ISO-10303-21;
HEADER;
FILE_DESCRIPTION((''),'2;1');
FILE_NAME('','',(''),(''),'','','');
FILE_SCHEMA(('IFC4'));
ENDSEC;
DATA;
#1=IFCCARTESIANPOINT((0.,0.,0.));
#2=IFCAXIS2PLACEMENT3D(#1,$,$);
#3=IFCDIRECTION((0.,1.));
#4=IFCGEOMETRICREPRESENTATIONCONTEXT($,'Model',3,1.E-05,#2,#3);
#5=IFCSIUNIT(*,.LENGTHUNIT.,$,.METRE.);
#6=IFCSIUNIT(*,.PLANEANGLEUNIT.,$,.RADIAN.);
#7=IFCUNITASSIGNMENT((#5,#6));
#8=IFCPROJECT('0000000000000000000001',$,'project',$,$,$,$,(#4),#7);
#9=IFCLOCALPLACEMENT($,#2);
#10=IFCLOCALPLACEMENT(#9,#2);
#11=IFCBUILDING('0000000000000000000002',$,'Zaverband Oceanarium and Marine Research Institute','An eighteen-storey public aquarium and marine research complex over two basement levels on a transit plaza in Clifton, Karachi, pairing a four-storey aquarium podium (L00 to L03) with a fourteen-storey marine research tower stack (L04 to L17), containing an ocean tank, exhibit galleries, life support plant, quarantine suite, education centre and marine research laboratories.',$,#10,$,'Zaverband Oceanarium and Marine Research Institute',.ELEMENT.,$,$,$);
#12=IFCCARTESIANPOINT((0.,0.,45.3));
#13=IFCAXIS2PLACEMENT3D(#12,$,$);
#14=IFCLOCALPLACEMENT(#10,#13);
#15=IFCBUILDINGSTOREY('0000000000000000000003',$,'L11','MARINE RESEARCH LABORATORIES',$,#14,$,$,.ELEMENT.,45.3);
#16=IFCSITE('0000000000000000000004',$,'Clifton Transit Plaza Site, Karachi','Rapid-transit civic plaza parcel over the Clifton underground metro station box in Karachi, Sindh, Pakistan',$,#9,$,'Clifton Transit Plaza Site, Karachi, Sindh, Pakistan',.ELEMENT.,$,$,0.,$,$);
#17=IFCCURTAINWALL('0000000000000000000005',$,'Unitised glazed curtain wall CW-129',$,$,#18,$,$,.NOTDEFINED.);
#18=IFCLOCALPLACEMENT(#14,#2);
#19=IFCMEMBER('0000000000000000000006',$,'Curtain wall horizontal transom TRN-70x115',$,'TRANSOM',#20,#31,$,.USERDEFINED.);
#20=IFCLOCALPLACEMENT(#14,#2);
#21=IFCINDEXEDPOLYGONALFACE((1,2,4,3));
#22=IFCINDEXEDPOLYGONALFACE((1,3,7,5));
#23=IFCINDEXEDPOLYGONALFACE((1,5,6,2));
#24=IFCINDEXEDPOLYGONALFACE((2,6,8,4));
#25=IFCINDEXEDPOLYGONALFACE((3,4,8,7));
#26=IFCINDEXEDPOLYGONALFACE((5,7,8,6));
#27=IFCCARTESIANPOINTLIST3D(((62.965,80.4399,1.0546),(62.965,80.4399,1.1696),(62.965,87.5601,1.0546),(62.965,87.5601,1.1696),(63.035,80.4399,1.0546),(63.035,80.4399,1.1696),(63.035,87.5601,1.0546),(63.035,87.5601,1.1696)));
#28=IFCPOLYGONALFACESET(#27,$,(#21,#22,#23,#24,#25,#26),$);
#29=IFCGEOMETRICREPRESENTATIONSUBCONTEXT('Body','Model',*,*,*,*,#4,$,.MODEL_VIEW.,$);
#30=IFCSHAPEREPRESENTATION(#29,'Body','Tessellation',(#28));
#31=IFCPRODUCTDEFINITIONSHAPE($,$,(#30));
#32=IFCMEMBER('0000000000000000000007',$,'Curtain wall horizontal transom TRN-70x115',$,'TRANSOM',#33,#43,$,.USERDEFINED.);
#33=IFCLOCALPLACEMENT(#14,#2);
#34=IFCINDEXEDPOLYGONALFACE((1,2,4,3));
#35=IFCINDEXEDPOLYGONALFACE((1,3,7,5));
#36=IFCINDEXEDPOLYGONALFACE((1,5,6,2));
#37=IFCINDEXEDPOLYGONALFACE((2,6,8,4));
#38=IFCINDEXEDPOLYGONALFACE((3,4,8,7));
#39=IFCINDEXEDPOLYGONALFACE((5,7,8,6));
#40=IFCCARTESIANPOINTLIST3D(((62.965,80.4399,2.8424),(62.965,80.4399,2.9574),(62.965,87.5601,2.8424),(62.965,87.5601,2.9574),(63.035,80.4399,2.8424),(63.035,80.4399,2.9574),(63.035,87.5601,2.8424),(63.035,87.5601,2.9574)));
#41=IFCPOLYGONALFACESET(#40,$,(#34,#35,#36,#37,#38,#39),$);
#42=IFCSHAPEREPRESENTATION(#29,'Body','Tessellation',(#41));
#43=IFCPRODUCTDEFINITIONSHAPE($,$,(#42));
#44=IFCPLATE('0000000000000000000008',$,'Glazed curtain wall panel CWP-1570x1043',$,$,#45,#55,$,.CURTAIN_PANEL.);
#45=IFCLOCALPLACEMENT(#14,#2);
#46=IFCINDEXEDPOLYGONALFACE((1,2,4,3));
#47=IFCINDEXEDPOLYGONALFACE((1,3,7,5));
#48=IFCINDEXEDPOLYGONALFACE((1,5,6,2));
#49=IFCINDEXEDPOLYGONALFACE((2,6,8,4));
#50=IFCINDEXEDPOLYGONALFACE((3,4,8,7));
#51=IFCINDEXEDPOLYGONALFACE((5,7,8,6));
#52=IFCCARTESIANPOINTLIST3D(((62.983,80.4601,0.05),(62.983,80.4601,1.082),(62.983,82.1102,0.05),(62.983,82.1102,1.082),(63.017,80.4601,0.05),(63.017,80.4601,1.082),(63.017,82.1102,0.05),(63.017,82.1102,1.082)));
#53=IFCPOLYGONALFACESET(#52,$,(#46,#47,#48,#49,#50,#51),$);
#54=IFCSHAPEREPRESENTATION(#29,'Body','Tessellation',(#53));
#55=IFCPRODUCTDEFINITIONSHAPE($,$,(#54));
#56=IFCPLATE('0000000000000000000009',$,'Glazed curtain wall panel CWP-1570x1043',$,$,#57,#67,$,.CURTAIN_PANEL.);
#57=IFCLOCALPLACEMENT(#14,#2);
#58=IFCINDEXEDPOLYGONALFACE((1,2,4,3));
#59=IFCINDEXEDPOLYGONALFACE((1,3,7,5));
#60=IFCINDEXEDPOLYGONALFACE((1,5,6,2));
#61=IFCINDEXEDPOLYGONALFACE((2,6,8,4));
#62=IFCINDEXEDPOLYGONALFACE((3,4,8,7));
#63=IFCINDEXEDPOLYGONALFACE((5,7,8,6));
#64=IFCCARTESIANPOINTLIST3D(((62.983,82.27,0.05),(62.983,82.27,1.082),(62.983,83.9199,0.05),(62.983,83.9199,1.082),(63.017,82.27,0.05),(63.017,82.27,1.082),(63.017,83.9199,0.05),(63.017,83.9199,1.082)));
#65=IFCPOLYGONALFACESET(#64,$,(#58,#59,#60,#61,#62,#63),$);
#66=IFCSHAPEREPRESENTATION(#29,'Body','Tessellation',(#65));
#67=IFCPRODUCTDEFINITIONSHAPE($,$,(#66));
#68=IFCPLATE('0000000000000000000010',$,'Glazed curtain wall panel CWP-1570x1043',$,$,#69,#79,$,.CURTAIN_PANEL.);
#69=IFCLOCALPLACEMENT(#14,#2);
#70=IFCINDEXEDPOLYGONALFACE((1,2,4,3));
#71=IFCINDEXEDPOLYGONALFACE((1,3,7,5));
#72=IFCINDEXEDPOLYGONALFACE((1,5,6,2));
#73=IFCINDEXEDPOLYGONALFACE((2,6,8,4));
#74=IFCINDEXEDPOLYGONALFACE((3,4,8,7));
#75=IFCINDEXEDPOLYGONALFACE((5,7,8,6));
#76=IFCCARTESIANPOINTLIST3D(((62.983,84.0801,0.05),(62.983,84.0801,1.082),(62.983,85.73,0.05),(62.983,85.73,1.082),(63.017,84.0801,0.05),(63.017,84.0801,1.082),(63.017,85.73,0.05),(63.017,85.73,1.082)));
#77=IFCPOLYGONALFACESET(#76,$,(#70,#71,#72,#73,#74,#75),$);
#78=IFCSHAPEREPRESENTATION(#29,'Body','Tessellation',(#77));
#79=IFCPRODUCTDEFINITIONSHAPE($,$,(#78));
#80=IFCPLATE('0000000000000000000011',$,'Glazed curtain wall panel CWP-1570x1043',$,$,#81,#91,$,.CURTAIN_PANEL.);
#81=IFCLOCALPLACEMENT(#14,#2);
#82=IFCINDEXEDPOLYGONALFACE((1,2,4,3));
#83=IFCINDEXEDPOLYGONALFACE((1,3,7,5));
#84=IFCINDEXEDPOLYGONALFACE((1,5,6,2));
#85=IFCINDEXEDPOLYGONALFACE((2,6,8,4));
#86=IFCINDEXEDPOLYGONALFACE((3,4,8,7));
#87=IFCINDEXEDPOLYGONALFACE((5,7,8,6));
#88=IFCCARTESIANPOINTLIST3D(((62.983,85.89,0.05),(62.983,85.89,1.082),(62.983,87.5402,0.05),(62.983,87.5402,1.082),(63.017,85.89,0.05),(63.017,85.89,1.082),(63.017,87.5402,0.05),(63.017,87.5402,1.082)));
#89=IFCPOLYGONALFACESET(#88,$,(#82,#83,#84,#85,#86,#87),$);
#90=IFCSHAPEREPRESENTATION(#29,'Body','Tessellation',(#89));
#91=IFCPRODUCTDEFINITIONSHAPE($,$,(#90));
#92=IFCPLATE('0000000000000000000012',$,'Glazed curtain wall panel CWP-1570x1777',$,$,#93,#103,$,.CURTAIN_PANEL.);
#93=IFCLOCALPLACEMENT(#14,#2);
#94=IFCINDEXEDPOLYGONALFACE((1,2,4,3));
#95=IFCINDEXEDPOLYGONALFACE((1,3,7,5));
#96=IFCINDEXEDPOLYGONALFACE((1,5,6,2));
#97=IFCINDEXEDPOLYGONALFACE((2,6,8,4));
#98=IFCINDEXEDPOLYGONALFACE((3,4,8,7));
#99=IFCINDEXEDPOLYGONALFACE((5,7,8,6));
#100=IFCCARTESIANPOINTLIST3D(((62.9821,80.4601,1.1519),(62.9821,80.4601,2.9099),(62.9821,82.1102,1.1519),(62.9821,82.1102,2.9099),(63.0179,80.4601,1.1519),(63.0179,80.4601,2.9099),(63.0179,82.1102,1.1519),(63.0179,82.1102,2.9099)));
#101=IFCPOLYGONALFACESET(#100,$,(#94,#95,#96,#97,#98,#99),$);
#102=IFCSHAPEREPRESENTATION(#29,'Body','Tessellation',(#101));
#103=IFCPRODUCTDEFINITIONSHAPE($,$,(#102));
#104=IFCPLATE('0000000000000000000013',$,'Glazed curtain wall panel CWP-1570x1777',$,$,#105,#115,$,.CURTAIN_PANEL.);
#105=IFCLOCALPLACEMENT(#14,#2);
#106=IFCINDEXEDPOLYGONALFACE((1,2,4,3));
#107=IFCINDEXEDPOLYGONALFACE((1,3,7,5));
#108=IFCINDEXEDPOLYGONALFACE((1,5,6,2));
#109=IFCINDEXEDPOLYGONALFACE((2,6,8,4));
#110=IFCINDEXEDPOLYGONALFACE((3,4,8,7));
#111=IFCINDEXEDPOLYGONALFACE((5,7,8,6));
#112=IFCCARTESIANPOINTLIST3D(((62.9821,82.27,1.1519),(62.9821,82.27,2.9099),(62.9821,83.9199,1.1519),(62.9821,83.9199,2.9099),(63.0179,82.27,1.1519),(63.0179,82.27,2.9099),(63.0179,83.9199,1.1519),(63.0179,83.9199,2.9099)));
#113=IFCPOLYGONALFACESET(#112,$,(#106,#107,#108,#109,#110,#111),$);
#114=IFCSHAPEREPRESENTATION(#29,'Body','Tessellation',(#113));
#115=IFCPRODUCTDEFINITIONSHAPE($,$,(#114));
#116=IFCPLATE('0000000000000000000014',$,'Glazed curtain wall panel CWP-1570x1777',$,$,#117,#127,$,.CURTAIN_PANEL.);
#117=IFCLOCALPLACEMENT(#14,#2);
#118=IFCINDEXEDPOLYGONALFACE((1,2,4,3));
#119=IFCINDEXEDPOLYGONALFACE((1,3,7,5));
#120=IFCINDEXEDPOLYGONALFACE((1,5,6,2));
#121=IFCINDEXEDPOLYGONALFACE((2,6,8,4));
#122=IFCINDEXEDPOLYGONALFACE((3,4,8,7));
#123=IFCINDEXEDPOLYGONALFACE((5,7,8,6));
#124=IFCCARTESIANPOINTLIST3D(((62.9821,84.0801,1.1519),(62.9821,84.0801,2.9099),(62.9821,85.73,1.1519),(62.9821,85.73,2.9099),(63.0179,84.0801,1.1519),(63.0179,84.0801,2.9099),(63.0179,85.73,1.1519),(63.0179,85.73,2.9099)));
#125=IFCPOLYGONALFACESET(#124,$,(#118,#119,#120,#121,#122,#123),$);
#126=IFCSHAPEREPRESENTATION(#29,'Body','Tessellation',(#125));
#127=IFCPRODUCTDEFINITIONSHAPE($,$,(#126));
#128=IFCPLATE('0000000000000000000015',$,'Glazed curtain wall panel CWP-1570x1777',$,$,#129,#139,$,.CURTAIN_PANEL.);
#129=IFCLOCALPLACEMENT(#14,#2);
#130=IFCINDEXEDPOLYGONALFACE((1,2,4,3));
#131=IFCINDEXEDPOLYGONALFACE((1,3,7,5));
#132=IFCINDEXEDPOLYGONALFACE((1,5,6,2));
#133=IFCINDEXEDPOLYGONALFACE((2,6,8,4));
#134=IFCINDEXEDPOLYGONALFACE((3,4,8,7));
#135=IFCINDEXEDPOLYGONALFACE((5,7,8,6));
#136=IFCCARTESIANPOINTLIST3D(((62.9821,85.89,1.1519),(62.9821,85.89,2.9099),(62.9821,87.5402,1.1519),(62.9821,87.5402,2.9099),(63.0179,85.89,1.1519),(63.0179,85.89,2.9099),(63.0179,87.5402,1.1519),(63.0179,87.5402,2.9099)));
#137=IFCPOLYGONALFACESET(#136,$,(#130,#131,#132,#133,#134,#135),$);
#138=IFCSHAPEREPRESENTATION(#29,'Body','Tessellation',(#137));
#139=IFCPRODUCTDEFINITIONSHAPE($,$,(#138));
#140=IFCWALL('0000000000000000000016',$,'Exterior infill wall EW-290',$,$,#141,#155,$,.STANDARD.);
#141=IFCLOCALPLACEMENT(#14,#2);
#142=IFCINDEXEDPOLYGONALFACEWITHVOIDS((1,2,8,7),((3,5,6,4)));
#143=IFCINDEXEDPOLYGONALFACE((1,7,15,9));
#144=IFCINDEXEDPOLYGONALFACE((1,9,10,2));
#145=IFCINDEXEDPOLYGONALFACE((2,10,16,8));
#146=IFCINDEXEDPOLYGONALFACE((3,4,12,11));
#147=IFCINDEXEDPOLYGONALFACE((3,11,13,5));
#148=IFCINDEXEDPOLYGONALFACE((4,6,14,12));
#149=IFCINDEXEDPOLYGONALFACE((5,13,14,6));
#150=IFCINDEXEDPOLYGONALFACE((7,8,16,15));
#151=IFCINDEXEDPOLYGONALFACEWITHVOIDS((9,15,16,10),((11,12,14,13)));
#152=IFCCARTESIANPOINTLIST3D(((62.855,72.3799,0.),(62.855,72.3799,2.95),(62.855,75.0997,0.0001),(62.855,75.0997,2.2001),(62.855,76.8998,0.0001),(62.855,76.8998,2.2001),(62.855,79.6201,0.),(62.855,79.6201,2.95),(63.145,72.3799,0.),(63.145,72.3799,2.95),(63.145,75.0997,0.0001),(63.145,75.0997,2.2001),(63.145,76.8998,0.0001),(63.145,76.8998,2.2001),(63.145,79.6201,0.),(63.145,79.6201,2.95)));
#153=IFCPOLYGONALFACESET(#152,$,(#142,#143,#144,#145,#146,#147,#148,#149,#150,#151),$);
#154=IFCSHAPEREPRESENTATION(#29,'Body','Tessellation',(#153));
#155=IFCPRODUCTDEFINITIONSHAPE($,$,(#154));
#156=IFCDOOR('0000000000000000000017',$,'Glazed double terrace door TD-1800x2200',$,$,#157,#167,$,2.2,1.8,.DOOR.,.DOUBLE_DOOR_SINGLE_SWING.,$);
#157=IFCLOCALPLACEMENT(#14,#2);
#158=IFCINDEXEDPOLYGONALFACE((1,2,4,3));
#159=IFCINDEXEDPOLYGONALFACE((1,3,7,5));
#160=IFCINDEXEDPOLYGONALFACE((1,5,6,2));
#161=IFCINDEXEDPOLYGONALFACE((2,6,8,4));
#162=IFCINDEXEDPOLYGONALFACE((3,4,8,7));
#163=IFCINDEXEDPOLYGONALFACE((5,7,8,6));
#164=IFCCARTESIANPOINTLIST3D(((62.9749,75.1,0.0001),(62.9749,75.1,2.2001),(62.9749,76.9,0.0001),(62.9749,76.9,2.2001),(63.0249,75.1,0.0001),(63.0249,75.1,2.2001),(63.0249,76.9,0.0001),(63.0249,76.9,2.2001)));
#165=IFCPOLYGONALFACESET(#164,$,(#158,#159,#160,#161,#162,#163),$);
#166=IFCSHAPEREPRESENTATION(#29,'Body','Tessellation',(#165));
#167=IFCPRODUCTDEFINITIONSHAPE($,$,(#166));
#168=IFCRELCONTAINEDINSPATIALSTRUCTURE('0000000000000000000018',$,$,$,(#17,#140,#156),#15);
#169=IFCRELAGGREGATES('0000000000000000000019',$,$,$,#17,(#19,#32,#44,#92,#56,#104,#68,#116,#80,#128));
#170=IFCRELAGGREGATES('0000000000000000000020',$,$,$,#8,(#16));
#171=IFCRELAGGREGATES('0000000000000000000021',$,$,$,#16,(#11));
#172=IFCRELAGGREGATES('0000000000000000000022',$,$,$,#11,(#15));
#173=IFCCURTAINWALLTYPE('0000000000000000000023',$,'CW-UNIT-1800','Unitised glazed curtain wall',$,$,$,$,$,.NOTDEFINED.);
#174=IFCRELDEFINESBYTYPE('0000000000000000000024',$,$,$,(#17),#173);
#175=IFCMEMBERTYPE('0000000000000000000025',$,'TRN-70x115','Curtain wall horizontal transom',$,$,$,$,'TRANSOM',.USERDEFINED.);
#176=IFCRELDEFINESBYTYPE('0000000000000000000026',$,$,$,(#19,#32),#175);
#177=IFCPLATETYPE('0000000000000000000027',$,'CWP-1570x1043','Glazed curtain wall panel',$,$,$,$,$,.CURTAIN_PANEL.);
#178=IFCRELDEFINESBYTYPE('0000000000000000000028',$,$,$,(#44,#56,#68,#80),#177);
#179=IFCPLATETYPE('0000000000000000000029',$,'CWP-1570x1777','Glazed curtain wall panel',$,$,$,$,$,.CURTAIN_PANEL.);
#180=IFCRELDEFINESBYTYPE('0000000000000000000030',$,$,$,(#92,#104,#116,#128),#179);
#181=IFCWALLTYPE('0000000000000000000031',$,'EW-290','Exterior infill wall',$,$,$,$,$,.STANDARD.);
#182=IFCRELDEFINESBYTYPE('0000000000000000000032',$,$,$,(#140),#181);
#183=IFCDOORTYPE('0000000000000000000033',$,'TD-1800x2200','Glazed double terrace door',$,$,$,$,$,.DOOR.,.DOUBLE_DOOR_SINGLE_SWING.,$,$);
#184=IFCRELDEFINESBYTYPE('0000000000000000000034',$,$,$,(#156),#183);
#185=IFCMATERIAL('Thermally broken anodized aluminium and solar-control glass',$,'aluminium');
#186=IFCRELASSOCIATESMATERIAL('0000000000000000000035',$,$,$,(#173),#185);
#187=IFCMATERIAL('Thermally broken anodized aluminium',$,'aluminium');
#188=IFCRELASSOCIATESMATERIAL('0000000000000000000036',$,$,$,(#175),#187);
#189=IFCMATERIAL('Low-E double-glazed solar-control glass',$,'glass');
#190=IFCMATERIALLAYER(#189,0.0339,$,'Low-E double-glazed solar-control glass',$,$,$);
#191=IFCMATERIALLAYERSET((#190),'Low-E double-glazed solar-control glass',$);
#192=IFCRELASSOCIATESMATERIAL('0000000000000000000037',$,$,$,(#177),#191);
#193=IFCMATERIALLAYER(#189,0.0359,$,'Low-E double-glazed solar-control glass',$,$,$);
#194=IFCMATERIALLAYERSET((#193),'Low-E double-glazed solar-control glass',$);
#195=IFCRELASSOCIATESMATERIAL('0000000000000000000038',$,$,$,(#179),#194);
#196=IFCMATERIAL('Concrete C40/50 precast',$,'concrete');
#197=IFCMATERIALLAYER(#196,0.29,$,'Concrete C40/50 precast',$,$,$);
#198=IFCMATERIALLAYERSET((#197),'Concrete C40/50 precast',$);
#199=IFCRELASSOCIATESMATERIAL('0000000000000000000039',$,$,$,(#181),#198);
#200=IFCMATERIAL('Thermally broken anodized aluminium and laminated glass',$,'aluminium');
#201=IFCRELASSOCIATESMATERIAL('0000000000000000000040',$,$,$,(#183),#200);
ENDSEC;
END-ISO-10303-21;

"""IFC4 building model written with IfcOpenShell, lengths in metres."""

from ifc_helpers import new_model, si_unit, direction, frame, frame_2d, origin, origin_2d, place, context, subcontext, project, spatial, rectangle, extrude, material, layer, layer_set, material_profile, profile_set, type_object, element, fill, aggregate, save


model = new_model("IFC4")

# Units and contexts
model_context = context("Model", 3, precision=1e-05, world=origin(), true_north=direction((0.0, 1.0)))
body_context = subcontext(model_context, "Body", "Model", "MODEL_VIEW")
ifc_project = project(units=[si_unit("LENGTHUNIT", "METRE"), si_unit("PLANEANGLEUNIT", "RADIAN")], contexts=[model_context])

# Site, building, storey
site_placement = place(None, origin())
site = spatial("IfcSite", under=ifc_project, at=site_placement, Name="Clifton Transit Plaza Site, Karachi", Description="Rapid-transit civic plaza parcel over the Clifton underground metro station box in Karachi, Sindh, Pakistan", LongName="Clifton Transit Plaza Site, Karachi, Sindh, Pakistan", CompositionType="ELEMENT", RefElevation=0.0)
building_placement = place(site_placement, origin())
building = spatial("IfcBuilding", under=site, at=building_placement, Name="Zaverband Oceanarium and Marine Research Institute", Description="An eighteen-storey public aquarium and marine research complex over two basement levels on a transit plaza in Clifton, Karachi, pairing a four-storey aquarium podium (L00 to L03) with a fourteen-storey marine research tower stack (L04 to L17), containing an ocean tank, exhibit galleries, life support plant, quarantine suite, education centre and marine research laboratories.", LongName="Zaverband Oceanarium and Marine Research Institute", CompositionType="ELEMENT")
storey_placement = place(building_placement, frame((0.0, 0.0, 45.3)))
storey = spatial("IfcBuildingStorey", under=building, at=storey_placement, Name="L11", Description="MARINE RESEARCH LABORATORIES", CompositionType="ELEMENT", Elevation=45.3)

# Curtain wall
ifc_material_1 = material(Name="Thermally broken anodized aluminium and solar-control glass", Category="aluminium")
curtain_wall_type = type_object("IfcCurtainWallType", Name="CW-UNIT-1800", Description="Unitised glazed curtain wall", PredefinedType="NOTDEFINED", material=ifc_material_1)
curtain_wall_placement = place(storey_placement, origin())
curtain_wall = element("IfcCurtainWall", 1, at=curtain_wall_placement, inside=storey, type_object=curtain_wall_type, Name="Unitised glazed curtain wall CW-129", PredefinedType="NOTDEFINED")
ifc_material_2 = material(Name="Thermally broken anodized aluminium", Category="aluminium")

# Members
ifc_material_profile_1 = material_profile(ifc_material_2, rectangle(XDim=0.0701, YDim=0.115, at=origin_2d()), Name="AL-TRN-70x115")
ifc_profile_set_1 = profile_set([ifc_material_profile_1], Name="Thermally broken anodized aluminium")
member_type_1 = type_object("IfcMemberType", Name="TRN-70x115", Description="Curtain wall horizontal transom", ElementType="TRANSOM", PredefinedType="USERDEFINED", material=ifc_profile_set_1)
member_1_placement = place(storey_placement, frame((63.0, 80.4399, 1.1121), z_axis=(0.0, 1.0, 0.0), x_axis=(-1.0, 0.0, 0.0)))
member_1 = element("IfcMember", 2, at=member_1_placement, type_object=member_type_1, Name="Curtain wall horizontal transom TRN-70x115", ObjectType="TRANSOM", PredefinedType="USERDEFINED", context=body_context, shape_type="SweptSolid", body=[
    extrude(rectangle(XDim=0.0701, YDim=0.115, at=origin_2d()), origin(), (0.0, 0.0, 1.0), 7.1201),
])
member_2_placement = place(storey_placement, frame((63.0, 80.4399, 2.8999), z_axis=(0.0, 1.0, 0.0), x_axis=(-1.0, 0.0, 0.0)))
member_2 = element("IfcMember", 3, at=member_2_placement, type_object=member_type_1, Name="Curtain wall horizontal transom TRN-70x115", ObjectType="TRANSOM", PredefinedType="USERDEFINED", context=body_context, shape_type="SweptSolid", body=[
    extrude(rectangle(XDim=0.0701, YDim=0.115, at=origin_2d()), origin(), (0.0, 0.0, 1.0), 7.1201),
])

# Plates
ifc_material_3 = material(Name="Low-E double-glazed solar-control glass", Category="glass")
ifc_layer_1 = layer(ifc_material_3, 0.0339, Name="Low-E double-glazed solar-control glass")
ifc_layer_set_1 = layer_set([ifc_layer_1], Name="Low-E double-glazed solar-control glass")
plate_type_1 = type_object("IfcPlateType", Name="CWP-1570x1043", Description="Glazed curtain wall panel", PredefinedType="CURTAIN_PANEL", material=ifc_layer_set_1)
plate_1_placement = place(storey_placement, frame((63.0, 80.46, 0.05), z_axis=(0.0, 0.0, 1.0), x_axis=(0.0, 1.0, 0.0)))
plate_1 = element("IfcPlate", 4, at=plate_1_placement, type_object=plate_type_1, Name="Glazed curtain wall panel CWP-1570x1043", PredefinedType="CURTAIN_PANEL", context=body_context, shape_type="SweptSolid", body=[
    extrude(rectangle(XDim=1.6501, YDim=0.0339, at=frame_2d((0.8252, 0.0))), origin(), (0.0, 0.0, 1.0), 1.032),
])
plate_2_placement = place(storey_placement, frame((63.0, 82.27, 0.05), z_axis=(0.0, 0.0, 1.0), x_axis=(0.0, 1.0, 0.0)))
plate_2 = element("IfcPlate", 5, at=plate_2_placement, type_object=plate_type_1, Name="Glazed curtain wall panel CWP-1570x1043", PredefinedType="CURTAIN_PANEL", context=body_context, shape_type="SweptSolid", body=[
    extrude(rectangle(XDim=1.6499, YDim=0.0339, at=frame_2d((0.825, 0.0))), origin(), (0.0, 0.0, 1.0), 1.032),
])
plate_3_placement = place(storey_placement, frame((63.0, 84.0801, 0.05), z_axis=(0.0, 0.0, 1.0), x_axis=(0.0, 1.0, 0.0)))
plate_3 = element("IfcPlate", 6, at=plate_3_placement, type_object=plate_type_1, Name="Glazed curtain wall panel CWP-1570x1043", PredefinedType="CURTAIN_PANEL", context=body_context, shape_type="SweptSolid", body=[
    extrude(rectangle(XDim=1.6499, YDim=0.0339, at=frame_2d((0.825, 0.0))), origin(), (0.0, 0.0, 1.0), 1.032),
])
plate_4_placement = place(storey_placement, frame((63.0, 85.8899, 0.05), z_axis=(0.0, 0.0, 1.0), x_axis=(0.0, 1.0, 0.0)))
plate_4 = element("IfcPlate", 7, at=plate_4_placement, type_object=plate_type_1, Name="Glazed curtain wall panel CWP-1570x1043", PredefinedType="CURTAIN_PANEL", context=body_context, shape_type="SweptSolid", body=[
    extrude(rectangle(XDim=1.6501, YDim=0.0339, at=frame_2d((0.8252, 0.0))), origin(), (0.0, 0.0, 1.0), 1.032),
])
ifc_layer_2 = layer(ifc_material_3, 0.0359, Name="Low-E double-glazed solar-control glass")
ifc_layer_set_2 = layer_set([ifc_layer_2], Name="Low-E double-glazed solar-control glass")
plate_type_2 = type_object("IfcPlateType", Name="CWP-1570x1777", Description="Glazed curtain wall panel", PredefinedType="CURTAIN_PANEL", material=ifc_layer_set_2)
plate_5_placement = place(storey_placement, frame((63.0, 80.46, 1.1519), z_axis=(0.0, 0.0, 1.0), x_axis=(0.0, 1.0, 0.0)))
plate_5 = element("IfcPlate", 8, at=plate_5_placement, type_object=plate_type_2, Name="Glazed curtain wall panel CWP-1570x1777", PredefinedType="CURTAIN_PANEL", context=body_context, shape_type="SweptSolid", body=[
    extrude(rectangle(XDim=1.6501, YDim=0.0359, at=frame_2d((0.8252, 0.0))), origin(), (0.0, 0.0, 1.0), 1.7581),
])
plate_6_placement = place(storey_placement, frame((63.0, 82.27, 1.1519), z_axis=(0.0, 0.0, 1.0), x_axis=(0.0, 1.0, 0.0)))
plate_6 = element("IfcPlate", 9, at=plate_6_placement, type_object=plate_type_2, Name="Glazed curtain wall panel CWP-1570x1777", PredefinedType="CURTAIN_PANEL", context=body_context, shape_type="SweptSolid", body=[
    extrude(rectangle(XDim=1.6499, YDim=0.0359, at=frame_2d((0.825, 0.0))), origin(), (0.0, 0.0, 1.0), 1.7581),
])
plate_7_placement = place(storey_placement, frame((63.0, 84.0801, 1.1519), z_axis=(0.0, 0.0, 1.0), x_axis=(0.0, 1.0, 0.0)))
plate_7 = element("IfcPlate", 10, at=plate_7_placement, type_object=plate_type_2, Name="Glazed curtain wall panel CWP-1570x1777", PredefinedType="CURTAIN_PANEL", context=body_context, shape_type="SweptSolid", body=[
    extrude(rectangle(XDim=1.6499, YDim=0.0359, at=frame_2d((0.825, 0.0))), origin(), (0.0, 0.0, 1.0), 1.7581),
])
plate_8_placement = place(storey_placement, frame((63.0, 85.8899, 1.1519), z_axis=(0.0, 0.0, 1.0), x_axis=(0.0, 1.0, 0.0)))
plate_8 = element("IfcPlate", 11, at=plate_8_placement, type_object=plate_type_2, Name="Glazed curtain wall panel CWP-1570x1777", PredefinedType="CURTAIN_PANEL", context=body_context, shape_type="SweptSolid", body=[
    extrude(rectangle(XDim=1.6501, YDim=0.0359, at=frame_2d((0.8252, 0.0))), origin(), (0.0, 0.0, 1.0), 1.7581),
])
aggregate(curtain_wall, [member_1, member_2, plate_1, plate_5, plate_2, plate_6, plate_3, plate_7, plate_4, plate_8])

# Wall, opening, door
ifc_material_4 = material(Name="Concrete C40/50 precast", Category="concrete")
ifc_layer_3 = layer(ifc_material_4, 0.29, Name="Concrete C40/50 precast")
ifc_layer_set_3 = layer_set([ifc_layer_3], Name="Concrete C40/50 precast")
wall_type = type_object("IfcWallType", Name="EW-290", Description="Exterior infill wall", PredefinedType="STANDARD", material=ifc_layer_set_3)
wall_placement = place(storey_placement, frame((63.0, 72.3799, 0.0), z_axis=(0.0, 0.0, 1.0), x_axis=(0.0, 1.0, 0.0)))
wall = element("IfcWall", 12, at=wall_placement, inside=storey, type_object=wall_type, Name="Exterior infill wall EW-290", PredefinedType="STANDARD", context=body_context, shape_type="SweptSolid", body=[
    extrude(rectangle(XDim=7.2402, YDim=0.29, at=frame_2d((3.6201, 0.0))), origin(), (0.0, 0.0, 1.0), 2.95),
])
opening_placement = place(wall_placement, frame((2.72, 0.0, 0.0)))
opening = element("IfcOpeningElement", 13, at=opening_placement, cuts=wall, PredefinedType="OPENING", context=body_context, shape_type="SweptSolid", body=[
    extrude(rectangle(XDim=1.8, YDim=2.2, at=frame_2d((0.8999, 1.1001))), frame((0.0, 0.157, 0.0), z_axis=(0.0, -1.0, 0.0), x_axis=(1.0, 0.0, 0.0)), (0.0, 0.0, 1.0), 0.314),
])
ifc_material_5 = material(Name="Thermally broken anodized aluminium and laminated glass", Category="aluminium")
door_type = type_object("IfcDoorType", Name="TD-1800x2200", Description="Glazed double terrace door", OperationType="DOUBLE_DOOR_SINGLE_SWING", PredefinedType="DOOR", material=ifc_material_5)
door_placement = place(opening_placement, frame((1.8, 0.0, 0.0), z_axis=(0.0, 0.0, 1.0), x_axis=(-1.0, 0.0, 0.0)))
door = element("IfcDoor", 14, at=door_placement, inside=storey, type_object=door_type, Name="Glazed double terrace door TD-1800x2200", OperationType="DOUBLE_DOOR_SINGLE_SWING", OverallHeight=2.2, OverallWidth=1.8, PredefinedType="DOOR", context=body_context, shape_type="SweptSolid", body=[
    extrude(rectangle(XDim=1.8, YDim=2.2, at=frame_2d((0.8999, 1.1001))), frame((0.0, 0.0249, 0.0), z_axis=(0.0, -1.0, 0.0), x_axis=(1.0, 0.0, 0.0)), (0.0, 0.0, 1.0), 0.05),
])
fill(opening, door)

save(model, "model.ifc")
